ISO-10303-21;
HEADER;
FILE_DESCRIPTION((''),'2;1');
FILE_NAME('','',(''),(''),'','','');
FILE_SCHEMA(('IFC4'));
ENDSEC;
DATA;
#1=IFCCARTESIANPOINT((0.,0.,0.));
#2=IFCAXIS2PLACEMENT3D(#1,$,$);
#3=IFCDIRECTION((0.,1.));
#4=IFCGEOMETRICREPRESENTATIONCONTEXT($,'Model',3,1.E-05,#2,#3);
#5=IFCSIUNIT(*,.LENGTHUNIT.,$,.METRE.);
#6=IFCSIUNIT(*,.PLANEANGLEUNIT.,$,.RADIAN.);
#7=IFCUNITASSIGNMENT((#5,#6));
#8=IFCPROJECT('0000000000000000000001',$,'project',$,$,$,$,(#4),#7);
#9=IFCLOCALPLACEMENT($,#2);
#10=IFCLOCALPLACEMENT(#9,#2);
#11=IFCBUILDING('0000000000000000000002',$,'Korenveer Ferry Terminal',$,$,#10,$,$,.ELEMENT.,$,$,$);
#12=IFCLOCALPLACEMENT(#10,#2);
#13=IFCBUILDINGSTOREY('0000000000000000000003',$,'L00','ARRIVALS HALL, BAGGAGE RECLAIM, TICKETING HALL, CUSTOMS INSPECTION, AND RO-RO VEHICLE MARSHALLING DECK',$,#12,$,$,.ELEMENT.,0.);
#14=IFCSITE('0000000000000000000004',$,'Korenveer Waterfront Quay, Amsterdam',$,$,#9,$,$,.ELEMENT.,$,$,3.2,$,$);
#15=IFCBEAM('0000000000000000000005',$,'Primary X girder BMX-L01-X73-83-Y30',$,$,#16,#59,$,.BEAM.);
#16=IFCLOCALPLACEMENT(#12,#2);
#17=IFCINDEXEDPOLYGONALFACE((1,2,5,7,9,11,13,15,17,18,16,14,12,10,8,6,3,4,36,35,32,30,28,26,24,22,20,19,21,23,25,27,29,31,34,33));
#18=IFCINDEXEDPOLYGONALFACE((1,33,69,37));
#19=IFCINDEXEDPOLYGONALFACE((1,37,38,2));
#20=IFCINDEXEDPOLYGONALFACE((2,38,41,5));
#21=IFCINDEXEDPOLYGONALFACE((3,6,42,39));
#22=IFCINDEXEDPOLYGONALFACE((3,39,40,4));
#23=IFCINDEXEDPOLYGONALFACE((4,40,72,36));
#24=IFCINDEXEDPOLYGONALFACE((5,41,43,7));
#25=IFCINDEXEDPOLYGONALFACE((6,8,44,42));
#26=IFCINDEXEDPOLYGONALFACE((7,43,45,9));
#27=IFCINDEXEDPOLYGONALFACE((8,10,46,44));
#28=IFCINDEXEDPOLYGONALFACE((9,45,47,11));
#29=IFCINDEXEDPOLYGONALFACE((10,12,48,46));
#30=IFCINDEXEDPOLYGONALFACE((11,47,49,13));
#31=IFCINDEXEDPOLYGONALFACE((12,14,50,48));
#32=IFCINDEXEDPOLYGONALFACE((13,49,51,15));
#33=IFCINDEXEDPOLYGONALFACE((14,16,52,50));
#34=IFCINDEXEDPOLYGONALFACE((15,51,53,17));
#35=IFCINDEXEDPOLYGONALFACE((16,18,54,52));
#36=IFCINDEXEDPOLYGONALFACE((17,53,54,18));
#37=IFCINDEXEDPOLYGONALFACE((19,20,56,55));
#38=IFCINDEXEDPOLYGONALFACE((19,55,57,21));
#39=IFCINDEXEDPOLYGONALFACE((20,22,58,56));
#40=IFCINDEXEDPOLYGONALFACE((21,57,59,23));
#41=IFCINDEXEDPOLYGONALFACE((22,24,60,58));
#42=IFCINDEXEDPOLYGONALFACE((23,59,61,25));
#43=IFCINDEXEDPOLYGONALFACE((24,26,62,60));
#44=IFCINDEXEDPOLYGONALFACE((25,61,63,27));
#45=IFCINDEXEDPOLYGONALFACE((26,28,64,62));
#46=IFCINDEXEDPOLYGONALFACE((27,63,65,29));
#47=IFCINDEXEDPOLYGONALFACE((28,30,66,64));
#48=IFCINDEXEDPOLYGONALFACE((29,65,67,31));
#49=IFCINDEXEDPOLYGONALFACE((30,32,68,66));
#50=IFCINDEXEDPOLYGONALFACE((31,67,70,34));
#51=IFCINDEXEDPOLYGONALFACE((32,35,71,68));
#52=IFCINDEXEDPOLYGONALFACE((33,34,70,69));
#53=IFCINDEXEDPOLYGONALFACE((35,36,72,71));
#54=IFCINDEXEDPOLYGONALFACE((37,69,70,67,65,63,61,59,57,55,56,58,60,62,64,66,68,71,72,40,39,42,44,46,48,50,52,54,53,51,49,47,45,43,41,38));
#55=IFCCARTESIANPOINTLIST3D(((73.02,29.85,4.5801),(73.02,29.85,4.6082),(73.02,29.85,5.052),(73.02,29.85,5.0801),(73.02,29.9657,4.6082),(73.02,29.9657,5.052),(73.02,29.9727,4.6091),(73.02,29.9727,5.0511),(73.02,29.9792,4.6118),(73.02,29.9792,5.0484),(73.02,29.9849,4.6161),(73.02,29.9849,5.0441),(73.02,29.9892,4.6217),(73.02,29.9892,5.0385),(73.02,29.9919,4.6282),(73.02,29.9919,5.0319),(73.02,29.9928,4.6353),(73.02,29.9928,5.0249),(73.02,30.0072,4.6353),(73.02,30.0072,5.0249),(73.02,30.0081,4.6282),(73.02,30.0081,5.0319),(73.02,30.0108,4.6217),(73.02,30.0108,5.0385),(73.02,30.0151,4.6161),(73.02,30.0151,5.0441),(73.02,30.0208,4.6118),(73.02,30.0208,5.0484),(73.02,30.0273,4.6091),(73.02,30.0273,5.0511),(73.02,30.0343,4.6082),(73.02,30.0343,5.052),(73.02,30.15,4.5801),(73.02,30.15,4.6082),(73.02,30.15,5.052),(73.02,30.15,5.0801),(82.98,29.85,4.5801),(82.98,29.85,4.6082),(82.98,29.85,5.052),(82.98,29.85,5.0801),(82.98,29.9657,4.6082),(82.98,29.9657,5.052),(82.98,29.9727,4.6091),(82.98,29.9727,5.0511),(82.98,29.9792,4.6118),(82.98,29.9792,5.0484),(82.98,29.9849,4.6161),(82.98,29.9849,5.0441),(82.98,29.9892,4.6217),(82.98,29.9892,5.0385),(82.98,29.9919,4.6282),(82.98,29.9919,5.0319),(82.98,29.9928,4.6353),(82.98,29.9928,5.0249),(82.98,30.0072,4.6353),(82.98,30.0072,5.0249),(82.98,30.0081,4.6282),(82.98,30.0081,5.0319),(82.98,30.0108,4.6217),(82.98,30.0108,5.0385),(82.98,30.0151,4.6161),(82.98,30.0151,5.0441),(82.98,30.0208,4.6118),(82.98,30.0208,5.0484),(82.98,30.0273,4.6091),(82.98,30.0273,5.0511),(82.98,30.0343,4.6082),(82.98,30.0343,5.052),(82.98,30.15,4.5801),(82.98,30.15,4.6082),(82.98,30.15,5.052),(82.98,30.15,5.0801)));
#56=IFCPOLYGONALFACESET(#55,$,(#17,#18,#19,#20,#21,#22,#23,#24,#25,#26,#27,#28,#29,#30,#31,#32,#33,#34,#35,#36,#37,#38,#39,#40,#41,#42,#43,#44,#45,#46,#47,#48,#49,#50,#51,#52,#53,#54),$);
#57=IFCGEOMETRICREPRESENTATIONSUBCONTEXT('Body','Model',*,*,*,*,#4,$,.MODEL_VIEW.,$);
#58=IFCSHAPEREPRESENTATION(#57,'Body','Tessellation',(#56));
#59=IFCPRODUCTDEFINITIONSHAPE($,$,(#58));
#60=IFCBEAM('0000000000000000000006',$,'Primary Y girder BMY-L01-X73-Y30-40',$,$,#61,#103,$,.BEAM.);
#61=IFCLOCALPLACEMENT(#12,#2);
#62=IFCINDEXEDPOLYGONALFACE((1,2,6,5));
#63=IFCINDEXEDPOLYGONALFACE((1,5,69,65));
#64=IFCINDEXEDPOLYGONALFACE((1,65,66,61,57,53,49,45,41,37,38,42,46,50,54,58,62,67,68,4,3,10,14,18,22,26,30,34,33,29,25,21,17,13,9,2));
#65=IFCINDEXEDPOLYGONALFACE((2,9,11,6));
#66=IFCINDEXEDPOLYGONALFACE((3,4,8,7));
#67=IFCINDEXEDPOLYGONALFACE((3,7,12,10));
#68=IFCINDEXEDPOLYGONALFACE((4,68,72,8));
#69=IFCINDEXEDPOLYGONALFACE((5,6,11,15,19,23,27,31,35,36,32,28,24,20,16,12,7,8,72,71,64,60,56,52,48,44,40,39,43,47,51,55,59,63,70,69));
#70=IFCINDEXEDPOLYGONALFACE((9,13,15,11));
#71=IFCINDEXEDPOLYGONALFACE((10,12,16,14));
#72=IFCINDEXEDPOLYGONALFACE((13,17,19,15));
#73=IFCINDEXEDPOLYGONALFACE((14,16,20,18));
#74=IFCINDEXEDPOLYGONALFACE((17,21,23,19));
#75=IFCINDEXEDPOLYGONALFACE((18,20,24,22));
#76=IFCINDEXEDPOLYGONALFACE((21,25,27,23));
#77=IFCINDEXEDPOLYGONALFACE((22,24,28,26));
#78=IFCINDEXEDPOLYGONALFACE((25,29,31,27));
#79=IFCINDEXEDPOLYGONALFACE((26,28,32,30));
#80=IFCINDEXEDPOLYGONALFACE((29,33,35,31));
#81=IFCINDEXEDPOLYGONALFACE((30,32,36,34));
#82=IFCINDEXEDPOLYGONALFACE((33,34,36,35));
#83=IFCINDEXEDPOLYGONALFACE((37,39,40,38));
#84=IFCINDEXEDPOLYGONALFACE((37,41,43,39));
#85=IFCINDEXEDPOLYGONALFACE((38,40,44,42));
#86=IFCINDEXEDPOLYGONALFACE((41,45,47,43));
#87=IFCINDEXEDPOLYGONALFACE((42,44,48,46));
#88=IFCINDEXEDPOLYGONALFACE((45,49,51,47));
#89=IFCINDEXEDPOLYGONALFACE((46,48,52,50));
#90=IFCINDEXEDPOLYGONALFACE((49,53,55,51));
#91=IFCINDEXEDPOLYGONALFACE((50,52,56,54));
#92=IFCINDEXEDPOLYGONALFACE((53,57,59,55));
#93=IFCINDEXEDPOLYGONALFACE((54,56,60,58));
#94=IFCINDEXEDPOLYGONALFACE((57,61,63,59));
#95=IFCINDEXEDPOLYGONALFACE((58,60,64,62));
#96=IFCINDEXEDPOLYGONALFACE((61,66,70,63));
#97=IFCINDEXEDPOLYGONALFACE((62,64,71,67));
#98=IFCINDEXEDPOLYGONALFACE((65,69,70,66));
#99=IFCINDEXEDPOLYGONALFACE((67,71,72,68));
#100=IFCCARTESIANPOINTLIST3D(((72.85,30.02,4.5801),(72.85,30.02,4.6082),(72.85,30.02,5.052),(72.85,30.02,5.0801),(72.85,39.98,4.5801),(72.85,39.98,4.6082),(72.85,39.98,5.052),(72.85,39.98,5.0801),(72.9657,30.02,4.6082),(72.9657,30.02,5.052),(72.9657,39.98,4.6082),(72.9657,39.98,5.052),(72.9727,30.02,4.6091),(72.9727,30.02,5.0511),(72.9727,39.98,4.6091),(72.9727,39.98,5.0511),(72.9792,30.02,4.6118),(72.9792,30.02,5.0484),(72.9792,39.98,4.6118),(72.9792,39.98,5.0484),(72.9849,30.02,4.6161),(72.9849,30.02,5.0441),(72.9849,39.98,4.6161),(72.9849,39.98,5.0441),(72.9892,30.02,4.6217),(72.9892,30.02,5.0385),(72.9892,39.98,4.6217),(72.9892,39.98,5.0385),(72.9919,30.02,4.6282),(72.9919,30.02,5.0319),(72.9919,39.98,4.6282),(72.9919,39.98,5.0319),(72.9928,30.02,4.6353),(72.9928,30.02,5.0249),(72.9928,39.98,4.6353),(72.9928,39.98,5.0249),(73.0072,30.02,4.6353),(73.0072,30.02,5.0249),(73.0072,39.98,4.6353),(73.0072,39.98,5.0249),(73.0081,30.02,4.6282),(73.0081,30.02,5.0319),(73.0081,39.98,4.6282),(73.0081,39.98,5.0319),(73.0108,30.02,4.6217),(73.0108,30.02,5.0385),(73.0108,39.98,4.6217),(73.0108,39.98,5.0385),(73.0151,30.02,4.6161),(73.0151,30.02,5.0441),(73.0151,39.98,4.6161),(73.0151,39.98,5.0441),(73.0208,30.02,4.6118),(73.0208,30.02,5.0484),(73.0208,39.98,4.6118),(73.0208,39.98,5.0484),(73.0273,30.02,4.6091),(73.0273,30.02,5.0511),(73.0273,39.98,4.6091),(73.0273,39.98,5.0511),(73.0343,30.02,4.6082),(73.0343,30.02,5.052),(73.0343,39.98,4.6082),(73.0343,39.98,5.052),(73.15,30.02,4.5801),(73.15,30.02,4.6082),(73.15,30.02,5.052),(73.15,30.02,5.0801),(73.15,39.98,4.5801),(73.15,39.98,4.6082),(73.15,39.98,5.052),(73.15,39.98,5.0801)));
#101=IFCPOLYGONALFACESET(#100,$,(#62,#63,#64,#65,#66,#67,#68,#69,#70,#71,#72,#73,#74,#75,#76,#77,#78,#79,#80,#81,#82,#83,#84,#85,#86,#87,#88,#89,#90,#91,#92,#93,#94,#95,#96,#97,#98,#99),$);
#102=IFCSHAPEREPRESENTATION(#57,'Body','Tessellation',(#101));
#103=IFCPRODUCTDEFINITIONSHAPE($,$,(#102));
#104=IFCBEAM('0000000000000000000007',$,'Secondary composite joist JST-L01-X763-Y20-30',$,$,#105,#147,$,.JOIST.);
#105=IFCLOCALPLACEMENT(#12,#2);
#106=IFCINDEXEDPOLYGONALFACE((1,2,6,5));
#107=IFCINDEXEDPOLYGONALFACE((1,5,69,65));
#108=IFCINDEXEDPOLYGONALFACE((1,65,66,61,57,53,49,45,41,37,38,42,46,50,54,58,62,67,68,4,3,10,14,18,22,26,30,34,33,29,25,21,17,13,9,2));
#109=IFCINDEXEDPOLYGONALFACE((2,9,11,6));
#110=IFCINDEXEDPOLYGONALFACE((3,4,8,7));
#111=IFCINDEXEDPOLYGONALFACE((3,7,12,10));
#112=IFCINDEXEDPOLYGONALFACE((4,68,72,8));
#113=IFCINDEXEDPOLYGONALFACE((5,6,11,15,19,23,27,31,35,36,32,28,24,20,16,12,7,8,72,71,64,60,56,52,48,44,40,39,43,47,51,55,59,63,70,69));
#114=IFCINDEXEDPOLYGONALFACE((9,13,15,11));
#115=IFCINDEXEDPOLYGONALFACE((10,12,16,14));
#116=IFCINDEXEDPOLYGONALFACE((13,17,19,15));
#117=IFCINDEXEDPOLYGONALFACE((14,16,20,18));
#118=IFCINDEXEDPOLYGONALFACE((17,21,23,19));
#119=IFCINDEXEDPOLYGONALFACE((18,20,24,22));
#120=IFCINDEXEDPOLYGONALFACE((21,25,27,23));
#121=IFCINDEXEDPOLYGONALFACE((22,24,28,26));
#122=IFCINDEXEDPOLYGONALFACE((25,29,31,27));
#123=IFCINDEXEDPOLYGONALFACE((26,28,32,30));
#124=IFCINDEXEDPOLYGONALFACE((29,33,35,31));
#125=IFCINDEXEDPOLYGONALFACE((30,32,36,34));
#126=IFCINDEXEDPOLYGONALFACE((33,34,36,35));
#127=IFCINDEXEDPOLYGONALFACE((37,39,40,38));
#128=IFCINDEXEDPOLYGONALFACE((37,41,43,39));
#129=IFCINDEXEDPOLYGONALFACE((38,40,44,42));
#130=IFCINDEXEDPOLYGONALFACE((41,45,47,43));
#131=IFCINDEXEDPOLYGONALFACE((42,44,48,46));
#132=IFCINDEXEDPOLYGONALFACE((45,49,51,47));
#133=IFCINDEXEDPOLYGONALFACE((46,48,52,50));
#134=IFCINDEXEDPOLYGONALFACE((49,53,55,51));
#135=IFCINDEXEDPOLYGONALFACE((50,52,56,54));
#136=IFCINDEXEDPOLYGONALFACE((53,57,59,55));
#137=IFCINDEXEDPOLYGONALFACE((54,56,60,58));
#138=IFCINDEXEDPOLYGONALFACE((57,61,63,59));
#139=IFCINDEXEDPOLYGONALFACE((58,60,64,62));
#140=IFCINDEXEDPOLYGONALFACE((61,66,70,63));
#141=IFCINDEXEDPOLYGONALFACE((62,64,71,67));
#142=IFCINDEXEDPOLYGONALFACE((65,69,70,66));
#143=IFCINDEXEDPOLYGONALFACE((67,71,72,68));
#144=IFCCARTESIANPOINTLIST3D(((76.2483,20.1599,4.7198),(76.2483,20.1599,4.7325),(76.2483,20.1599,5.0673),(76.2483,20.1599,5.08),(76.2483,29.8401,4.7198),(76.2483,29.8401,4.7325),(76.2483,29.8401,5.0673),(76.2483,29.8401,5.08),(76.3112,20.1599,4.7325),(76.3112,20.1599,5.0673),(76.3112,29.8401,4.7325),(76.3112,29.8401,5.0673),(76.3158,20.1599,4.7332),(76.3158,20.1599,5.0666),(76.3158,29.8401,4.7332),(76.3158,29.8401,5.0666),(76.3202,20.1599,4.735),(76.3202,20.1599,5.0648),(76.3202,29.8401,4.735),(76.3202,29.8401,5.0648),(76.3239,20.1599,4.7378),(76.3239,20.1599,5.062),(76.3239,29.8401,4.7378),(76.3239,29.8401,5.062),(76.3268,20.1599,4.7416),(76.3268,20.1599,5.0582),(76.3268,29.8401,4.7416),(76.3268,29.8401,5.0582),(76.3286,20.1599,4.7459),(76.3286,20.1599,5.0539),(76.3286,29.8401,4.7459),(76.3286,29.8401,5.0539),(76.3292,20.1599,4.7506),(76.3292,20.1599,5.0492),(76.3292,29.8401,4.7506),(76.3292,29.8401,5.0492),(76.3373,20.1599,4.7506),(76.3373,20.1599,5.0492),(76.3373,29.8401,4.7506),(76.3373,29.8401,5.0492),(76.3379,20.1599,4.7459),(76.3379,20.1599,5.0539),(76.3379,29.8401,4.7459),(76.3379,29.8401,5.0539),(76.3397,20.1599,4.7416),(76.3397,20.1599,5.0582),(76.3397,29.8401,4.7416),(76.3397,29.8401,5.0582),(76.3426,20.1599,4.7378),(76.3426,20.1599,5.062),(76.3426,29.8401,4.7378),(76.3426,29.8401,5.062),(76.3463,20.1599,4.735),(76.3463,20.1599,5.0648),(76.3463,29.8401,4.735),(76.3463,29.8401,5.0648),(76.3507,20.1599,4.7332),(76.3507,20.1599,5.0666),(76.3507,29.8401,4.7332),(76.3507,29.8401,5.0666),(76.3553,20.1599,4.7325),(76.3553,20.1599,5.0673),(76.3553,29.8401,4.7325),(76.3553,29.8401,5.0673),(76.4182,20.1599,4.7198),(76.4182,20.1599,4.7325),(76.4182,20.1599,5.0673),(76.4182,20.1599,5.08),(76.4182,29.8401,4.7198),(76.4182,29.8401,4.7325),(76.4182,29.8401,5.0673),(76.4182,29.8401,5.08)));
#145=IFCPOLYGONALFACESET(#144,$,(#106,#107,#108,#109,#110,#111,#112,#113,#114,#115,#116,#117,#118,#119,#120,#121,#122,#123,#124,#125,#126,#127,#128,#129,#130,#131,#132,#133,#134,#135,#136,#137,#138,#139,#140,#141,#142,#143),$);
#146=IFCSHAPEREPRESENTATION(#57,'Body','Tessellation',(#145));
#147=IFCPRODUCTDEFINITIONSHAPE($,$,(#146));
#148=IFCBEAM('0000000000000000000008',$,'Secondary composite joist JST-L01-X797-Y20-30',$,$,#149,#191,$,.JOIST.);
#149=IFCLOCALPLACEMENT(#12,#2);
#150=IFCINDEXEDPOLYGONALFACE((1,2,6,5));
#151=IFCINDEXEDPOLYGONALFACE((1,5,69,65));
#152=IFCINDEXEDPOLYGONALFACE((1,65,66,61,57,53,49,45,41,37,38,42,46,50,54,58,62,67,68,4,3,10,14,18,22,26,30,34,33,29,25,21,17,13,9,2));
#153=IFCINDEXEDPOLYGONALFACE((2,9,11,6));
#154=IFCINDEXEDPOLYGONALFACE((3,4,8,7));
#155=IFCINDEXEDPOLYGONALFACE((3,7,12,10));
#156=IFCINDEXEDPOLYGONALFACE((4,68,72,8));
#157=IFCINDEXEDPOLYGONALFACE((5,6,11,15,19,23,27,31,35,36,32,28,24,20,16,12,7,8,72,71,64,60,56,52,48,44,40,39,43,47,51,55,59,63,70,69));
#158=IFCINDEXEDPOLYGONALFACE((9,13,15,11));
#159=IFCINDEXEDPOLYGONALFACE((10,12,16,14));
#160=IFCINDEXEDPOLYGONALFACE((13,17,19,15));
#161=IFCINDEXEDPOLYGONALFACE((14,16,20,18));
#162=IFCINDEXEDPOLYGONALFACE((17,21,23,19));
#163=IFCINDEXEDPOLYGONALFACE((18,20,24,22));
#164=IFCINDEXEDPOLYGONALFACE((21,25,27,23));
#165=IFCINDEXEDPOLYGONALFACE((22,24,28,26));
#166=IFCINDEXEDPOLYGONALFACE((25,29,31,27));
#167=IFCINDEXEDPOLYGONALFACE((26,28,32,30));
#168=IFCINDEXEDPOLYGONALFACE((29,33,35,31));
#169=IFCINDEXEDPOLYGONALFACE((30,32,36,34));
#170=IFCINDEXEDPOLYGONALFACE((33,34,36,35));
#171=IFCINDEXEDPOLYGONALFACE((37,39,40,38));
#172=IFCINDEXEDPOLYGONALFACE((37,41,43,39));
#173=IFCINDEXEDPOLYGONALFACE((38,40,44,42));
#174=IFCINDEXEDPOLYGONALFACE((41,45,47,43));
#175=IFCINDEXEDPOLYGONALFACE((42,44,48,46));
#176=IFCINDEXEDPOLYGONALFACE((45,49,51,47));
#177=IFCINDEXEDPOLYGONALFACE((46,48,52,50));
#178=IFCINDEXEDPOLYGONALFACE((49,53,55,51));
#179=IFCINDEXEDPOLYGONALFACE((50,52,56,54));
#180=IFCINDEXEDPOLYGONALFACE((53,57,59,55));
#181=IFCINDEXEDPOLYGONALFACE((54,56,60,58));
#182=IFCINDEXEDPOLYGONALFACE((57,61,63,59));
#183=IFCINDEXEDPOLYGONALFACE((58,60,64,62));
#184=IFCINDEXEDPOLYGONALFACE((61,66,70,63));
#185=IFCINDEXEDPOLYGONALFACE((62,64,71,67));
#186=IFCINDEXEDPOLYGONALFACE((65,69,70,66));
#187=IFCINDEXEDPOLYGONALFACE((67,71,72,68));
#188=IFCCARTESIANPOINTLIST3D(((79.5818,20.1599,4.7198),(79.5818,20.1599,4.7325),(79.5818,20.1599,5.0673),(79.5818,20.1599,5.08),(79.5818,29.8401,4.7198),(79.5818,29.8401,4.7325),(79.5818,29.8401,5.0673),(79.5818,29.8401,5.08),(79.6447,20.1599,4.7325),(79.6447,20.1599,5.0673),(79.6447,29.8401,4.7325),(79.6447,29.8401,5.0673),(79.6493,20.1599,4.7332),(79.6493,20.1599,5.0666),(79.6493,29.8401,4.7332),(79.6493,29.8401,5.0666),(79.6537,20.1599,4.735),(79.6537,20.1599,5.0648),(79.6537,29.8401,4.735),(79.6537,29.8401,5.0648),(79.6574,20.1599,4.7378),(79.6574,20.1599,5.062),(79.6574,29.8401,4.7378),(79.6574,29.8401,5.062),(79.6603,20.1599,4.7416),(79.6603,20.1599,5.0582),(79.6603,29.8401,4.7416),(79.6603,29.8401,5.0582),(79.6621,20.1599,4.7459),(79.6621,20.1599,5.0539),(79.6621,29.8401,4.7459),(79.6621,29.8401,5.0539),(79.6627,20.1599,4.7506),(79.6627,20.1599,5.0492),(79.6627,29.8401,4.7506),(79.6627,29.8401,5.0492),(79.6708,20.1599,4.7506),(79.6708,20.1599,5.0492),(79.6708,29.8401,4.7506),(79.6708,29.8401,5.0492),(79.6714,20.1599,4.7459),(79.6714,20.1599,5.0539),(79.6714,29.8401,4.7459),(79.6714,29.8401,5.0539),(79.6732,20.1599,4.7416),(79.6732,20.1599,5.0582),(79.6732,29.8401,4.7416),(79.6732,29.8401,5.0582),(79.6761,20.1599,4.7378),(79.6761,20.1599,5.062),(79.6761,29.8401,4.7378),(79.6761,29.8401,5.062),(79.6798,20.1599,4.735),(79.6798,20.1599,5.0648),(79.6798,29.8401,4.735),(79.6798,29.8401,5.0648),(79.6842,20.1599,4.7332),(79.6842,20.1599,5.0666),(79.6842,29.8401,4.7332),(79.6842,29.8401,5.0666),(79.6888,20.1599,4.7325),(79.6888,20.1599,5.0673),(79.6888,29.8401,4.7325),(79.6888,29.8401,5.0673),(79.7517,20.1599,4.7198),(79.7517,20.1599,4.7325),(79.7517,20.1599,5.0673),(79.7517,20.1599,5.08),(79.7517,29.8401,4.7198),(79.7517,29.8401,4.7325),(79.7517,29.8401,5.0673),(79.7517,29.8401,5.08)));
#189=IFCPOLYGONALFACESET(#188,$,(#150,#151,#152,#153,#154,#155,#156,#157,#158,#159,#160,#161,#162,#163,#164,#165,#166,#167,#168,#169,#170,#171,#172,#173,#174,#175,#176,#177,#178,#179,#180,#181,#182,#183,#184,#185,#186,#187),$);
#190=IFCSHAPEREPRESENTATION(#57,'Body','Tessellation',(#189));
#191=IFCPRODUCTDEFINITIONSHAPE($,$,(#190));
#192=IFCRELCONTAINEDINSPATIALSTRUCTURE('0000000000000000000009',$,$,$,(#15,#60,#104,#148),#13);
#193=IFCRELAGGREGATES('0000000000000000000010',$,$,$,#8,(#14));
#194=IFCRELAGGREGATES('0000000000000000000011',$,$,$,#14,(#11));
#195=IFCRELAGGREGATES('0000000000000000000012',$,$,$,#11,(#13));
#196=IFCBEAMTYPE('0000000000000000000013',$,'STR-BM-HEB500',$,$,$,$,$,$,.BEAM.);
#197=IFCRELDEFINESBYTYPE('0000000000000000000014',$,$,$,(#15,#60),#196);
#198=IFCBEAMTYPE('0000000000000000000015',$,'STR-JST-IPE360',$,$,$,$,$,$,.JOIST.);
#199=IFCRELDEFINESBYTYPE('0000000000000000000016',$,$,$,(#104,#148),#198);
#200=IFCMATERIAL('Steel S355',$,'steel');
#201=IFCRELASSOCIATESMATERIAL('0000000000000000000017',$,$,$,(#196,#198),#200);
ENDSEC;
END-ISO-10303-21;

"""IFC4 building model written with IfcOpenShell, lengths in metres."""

from ifc_helpers import new_model, si_unit, direction, frame, origin, origin_2d, place, context, subcontext, project, spatial, i_section, extrude, material, material_profile, profile_set, type_object, element, save


model = new_model("IFC4")

# Units and contexts
model_context = context("Model", 3, precision=1e-05, world=origin(), true_north=direction((0.0, 1.0)))
body_context = subcontext(model_context, "Body", "Model", "MODEL_VIEW")
ifc_project = project(units=[si_unit("LENGTHUNIT", "METRE"), si_unit("PLANEANGLEUNIT", "RADIAN")], contexts=[model_context])

# Site, building, storey
site_placement = place(None, origin())
site = spatial("IfcSite", under=ifc_project, at=site_placement, Name="Korenveer Waterfront Quay, Amsterdam", CompositionType="ELEMENT", RefElevation=3.2)
building_placement = place(site_placement, origin())
building = spatial("IfcBuilding", under=site, at=building_placement, Name="Korenveer Ferry Terminal", CompositionType="ELEMENT")
storey_placement = place(building_placement, origin())
storey = spatial("IfcBuildingStorey", under=building, at=storey_placement, Name="L00", Description="ARRIVALS HALL, BAGGAGE RECLAIM, TICKETING HALL, CUSTOMS INSPECTION, AND RO-RO VEHICLE MARSHALLING DECK", CompositionType="ELEMENT", Elevation=0.0)

# Shared definitions
ifc_material_1 = material(Name="Steel S355", Category="steel")

# Beams
ifc_material_profile_1 = material_profile(ifc_material_1, i_section(OverallWidth=0.3, OverallDepth=0.5, WebThickness=0.0144, FlangeThickness=0.0281, FilletRadius=0.0271, at=origin_2d()), Name="HEB 500")
ifc_profile_set_1 = profile_set([ifc_material_profile_1], Name="Steel S355")
beam_type_1 = type_object("IfcBeamType", Name="STR-BM-HEB500", PredefinedType="BEAM", material=ifc_profile_set_1)
for number, where, z_axis, x_axis, name in (
    (1, (73.02, 30.0, 4.8301), (1.0, 0.0, 0.0), (0.0, 1.0, 0.0), "Primary X girder BMX-L01-X73-83-Y30"),
    (2, (73.0, 30.02, 4.8301), (0.0, 1.0, 0.0), (-1.0, 0.0, 0.0), "Primary Y girder BMY-L01-X73-Y30-40"),
):
    element("IfcBeam", number, at=place(storey_placement, frame(where, z_axis=z_axis, x_axis=x_axis)), inside=storey, type_object=beam_type_1, Name=name, PredefinedType="BEAM", context=body_context, shape_type="SweptSolid", body=[
        extrude(i_section(OverallWidth=0.3, OverallDepth=0.5, WebThickness=0.0144, FlangeThickness=0.0281, FilletRadius=0.0271, at=origin_2d()), origin(), (0.0, 0.0, 1.0), 9.96),
    ])
ifc_material_profile_2 = material_profile(ifc_material_1, i_section(OverallWidth=0.1699, OverallDepth=0.3601, WebThickness=0.0081, FlangeThickness=0.0127, FilletRadius=0.0181, at=origin_2d()), Name="IPE 360")
ifc_profile_set_2 = profile_set([ifc_material_profile_2], Name="Steel S355")
beam_type_2 = type_object("IfcBeamType", Name="STR-JST-IPE360", PredefinedType="JOIST", material=ifc_profile_set_2)
for number, where, z_axis, x_axis, name in (
    (3, (76.3333, 20.1599, 4.8999), (0.0, 1.0, 0.0), (-1.0, 0.0, 0.0), "Secondary composite joist JST-L01-X763-Y20-30"),
    (4, (79.6667, 20.1599, 4.8999), (0.0, 1.0, 0.0), (-1.0, 0.0, 0.0), "Secondary composite joist JST-L01-X797-Y20-30"),
):
    element("IfcBeam", number, at=place(storey_placement, frame(where, z_axis=z_axis, x_axis=x_axis)), inside=storey, type_object=beam_type_2, Name=name, PredefinedType="JOIST", context=body_context, shape_type="SweptSolid", body=[
        extrude(i_section(OverallWidth=0.1699, OverallDepth=0.3601, WebThickness=0.0081, FlangeThickness=0.0127, FilletRadius=0.0181, at=origin_2d()), origin(), (0.0, 0.0, 1.0), 9.6802),
    ])

save(model, "model.ifc")
